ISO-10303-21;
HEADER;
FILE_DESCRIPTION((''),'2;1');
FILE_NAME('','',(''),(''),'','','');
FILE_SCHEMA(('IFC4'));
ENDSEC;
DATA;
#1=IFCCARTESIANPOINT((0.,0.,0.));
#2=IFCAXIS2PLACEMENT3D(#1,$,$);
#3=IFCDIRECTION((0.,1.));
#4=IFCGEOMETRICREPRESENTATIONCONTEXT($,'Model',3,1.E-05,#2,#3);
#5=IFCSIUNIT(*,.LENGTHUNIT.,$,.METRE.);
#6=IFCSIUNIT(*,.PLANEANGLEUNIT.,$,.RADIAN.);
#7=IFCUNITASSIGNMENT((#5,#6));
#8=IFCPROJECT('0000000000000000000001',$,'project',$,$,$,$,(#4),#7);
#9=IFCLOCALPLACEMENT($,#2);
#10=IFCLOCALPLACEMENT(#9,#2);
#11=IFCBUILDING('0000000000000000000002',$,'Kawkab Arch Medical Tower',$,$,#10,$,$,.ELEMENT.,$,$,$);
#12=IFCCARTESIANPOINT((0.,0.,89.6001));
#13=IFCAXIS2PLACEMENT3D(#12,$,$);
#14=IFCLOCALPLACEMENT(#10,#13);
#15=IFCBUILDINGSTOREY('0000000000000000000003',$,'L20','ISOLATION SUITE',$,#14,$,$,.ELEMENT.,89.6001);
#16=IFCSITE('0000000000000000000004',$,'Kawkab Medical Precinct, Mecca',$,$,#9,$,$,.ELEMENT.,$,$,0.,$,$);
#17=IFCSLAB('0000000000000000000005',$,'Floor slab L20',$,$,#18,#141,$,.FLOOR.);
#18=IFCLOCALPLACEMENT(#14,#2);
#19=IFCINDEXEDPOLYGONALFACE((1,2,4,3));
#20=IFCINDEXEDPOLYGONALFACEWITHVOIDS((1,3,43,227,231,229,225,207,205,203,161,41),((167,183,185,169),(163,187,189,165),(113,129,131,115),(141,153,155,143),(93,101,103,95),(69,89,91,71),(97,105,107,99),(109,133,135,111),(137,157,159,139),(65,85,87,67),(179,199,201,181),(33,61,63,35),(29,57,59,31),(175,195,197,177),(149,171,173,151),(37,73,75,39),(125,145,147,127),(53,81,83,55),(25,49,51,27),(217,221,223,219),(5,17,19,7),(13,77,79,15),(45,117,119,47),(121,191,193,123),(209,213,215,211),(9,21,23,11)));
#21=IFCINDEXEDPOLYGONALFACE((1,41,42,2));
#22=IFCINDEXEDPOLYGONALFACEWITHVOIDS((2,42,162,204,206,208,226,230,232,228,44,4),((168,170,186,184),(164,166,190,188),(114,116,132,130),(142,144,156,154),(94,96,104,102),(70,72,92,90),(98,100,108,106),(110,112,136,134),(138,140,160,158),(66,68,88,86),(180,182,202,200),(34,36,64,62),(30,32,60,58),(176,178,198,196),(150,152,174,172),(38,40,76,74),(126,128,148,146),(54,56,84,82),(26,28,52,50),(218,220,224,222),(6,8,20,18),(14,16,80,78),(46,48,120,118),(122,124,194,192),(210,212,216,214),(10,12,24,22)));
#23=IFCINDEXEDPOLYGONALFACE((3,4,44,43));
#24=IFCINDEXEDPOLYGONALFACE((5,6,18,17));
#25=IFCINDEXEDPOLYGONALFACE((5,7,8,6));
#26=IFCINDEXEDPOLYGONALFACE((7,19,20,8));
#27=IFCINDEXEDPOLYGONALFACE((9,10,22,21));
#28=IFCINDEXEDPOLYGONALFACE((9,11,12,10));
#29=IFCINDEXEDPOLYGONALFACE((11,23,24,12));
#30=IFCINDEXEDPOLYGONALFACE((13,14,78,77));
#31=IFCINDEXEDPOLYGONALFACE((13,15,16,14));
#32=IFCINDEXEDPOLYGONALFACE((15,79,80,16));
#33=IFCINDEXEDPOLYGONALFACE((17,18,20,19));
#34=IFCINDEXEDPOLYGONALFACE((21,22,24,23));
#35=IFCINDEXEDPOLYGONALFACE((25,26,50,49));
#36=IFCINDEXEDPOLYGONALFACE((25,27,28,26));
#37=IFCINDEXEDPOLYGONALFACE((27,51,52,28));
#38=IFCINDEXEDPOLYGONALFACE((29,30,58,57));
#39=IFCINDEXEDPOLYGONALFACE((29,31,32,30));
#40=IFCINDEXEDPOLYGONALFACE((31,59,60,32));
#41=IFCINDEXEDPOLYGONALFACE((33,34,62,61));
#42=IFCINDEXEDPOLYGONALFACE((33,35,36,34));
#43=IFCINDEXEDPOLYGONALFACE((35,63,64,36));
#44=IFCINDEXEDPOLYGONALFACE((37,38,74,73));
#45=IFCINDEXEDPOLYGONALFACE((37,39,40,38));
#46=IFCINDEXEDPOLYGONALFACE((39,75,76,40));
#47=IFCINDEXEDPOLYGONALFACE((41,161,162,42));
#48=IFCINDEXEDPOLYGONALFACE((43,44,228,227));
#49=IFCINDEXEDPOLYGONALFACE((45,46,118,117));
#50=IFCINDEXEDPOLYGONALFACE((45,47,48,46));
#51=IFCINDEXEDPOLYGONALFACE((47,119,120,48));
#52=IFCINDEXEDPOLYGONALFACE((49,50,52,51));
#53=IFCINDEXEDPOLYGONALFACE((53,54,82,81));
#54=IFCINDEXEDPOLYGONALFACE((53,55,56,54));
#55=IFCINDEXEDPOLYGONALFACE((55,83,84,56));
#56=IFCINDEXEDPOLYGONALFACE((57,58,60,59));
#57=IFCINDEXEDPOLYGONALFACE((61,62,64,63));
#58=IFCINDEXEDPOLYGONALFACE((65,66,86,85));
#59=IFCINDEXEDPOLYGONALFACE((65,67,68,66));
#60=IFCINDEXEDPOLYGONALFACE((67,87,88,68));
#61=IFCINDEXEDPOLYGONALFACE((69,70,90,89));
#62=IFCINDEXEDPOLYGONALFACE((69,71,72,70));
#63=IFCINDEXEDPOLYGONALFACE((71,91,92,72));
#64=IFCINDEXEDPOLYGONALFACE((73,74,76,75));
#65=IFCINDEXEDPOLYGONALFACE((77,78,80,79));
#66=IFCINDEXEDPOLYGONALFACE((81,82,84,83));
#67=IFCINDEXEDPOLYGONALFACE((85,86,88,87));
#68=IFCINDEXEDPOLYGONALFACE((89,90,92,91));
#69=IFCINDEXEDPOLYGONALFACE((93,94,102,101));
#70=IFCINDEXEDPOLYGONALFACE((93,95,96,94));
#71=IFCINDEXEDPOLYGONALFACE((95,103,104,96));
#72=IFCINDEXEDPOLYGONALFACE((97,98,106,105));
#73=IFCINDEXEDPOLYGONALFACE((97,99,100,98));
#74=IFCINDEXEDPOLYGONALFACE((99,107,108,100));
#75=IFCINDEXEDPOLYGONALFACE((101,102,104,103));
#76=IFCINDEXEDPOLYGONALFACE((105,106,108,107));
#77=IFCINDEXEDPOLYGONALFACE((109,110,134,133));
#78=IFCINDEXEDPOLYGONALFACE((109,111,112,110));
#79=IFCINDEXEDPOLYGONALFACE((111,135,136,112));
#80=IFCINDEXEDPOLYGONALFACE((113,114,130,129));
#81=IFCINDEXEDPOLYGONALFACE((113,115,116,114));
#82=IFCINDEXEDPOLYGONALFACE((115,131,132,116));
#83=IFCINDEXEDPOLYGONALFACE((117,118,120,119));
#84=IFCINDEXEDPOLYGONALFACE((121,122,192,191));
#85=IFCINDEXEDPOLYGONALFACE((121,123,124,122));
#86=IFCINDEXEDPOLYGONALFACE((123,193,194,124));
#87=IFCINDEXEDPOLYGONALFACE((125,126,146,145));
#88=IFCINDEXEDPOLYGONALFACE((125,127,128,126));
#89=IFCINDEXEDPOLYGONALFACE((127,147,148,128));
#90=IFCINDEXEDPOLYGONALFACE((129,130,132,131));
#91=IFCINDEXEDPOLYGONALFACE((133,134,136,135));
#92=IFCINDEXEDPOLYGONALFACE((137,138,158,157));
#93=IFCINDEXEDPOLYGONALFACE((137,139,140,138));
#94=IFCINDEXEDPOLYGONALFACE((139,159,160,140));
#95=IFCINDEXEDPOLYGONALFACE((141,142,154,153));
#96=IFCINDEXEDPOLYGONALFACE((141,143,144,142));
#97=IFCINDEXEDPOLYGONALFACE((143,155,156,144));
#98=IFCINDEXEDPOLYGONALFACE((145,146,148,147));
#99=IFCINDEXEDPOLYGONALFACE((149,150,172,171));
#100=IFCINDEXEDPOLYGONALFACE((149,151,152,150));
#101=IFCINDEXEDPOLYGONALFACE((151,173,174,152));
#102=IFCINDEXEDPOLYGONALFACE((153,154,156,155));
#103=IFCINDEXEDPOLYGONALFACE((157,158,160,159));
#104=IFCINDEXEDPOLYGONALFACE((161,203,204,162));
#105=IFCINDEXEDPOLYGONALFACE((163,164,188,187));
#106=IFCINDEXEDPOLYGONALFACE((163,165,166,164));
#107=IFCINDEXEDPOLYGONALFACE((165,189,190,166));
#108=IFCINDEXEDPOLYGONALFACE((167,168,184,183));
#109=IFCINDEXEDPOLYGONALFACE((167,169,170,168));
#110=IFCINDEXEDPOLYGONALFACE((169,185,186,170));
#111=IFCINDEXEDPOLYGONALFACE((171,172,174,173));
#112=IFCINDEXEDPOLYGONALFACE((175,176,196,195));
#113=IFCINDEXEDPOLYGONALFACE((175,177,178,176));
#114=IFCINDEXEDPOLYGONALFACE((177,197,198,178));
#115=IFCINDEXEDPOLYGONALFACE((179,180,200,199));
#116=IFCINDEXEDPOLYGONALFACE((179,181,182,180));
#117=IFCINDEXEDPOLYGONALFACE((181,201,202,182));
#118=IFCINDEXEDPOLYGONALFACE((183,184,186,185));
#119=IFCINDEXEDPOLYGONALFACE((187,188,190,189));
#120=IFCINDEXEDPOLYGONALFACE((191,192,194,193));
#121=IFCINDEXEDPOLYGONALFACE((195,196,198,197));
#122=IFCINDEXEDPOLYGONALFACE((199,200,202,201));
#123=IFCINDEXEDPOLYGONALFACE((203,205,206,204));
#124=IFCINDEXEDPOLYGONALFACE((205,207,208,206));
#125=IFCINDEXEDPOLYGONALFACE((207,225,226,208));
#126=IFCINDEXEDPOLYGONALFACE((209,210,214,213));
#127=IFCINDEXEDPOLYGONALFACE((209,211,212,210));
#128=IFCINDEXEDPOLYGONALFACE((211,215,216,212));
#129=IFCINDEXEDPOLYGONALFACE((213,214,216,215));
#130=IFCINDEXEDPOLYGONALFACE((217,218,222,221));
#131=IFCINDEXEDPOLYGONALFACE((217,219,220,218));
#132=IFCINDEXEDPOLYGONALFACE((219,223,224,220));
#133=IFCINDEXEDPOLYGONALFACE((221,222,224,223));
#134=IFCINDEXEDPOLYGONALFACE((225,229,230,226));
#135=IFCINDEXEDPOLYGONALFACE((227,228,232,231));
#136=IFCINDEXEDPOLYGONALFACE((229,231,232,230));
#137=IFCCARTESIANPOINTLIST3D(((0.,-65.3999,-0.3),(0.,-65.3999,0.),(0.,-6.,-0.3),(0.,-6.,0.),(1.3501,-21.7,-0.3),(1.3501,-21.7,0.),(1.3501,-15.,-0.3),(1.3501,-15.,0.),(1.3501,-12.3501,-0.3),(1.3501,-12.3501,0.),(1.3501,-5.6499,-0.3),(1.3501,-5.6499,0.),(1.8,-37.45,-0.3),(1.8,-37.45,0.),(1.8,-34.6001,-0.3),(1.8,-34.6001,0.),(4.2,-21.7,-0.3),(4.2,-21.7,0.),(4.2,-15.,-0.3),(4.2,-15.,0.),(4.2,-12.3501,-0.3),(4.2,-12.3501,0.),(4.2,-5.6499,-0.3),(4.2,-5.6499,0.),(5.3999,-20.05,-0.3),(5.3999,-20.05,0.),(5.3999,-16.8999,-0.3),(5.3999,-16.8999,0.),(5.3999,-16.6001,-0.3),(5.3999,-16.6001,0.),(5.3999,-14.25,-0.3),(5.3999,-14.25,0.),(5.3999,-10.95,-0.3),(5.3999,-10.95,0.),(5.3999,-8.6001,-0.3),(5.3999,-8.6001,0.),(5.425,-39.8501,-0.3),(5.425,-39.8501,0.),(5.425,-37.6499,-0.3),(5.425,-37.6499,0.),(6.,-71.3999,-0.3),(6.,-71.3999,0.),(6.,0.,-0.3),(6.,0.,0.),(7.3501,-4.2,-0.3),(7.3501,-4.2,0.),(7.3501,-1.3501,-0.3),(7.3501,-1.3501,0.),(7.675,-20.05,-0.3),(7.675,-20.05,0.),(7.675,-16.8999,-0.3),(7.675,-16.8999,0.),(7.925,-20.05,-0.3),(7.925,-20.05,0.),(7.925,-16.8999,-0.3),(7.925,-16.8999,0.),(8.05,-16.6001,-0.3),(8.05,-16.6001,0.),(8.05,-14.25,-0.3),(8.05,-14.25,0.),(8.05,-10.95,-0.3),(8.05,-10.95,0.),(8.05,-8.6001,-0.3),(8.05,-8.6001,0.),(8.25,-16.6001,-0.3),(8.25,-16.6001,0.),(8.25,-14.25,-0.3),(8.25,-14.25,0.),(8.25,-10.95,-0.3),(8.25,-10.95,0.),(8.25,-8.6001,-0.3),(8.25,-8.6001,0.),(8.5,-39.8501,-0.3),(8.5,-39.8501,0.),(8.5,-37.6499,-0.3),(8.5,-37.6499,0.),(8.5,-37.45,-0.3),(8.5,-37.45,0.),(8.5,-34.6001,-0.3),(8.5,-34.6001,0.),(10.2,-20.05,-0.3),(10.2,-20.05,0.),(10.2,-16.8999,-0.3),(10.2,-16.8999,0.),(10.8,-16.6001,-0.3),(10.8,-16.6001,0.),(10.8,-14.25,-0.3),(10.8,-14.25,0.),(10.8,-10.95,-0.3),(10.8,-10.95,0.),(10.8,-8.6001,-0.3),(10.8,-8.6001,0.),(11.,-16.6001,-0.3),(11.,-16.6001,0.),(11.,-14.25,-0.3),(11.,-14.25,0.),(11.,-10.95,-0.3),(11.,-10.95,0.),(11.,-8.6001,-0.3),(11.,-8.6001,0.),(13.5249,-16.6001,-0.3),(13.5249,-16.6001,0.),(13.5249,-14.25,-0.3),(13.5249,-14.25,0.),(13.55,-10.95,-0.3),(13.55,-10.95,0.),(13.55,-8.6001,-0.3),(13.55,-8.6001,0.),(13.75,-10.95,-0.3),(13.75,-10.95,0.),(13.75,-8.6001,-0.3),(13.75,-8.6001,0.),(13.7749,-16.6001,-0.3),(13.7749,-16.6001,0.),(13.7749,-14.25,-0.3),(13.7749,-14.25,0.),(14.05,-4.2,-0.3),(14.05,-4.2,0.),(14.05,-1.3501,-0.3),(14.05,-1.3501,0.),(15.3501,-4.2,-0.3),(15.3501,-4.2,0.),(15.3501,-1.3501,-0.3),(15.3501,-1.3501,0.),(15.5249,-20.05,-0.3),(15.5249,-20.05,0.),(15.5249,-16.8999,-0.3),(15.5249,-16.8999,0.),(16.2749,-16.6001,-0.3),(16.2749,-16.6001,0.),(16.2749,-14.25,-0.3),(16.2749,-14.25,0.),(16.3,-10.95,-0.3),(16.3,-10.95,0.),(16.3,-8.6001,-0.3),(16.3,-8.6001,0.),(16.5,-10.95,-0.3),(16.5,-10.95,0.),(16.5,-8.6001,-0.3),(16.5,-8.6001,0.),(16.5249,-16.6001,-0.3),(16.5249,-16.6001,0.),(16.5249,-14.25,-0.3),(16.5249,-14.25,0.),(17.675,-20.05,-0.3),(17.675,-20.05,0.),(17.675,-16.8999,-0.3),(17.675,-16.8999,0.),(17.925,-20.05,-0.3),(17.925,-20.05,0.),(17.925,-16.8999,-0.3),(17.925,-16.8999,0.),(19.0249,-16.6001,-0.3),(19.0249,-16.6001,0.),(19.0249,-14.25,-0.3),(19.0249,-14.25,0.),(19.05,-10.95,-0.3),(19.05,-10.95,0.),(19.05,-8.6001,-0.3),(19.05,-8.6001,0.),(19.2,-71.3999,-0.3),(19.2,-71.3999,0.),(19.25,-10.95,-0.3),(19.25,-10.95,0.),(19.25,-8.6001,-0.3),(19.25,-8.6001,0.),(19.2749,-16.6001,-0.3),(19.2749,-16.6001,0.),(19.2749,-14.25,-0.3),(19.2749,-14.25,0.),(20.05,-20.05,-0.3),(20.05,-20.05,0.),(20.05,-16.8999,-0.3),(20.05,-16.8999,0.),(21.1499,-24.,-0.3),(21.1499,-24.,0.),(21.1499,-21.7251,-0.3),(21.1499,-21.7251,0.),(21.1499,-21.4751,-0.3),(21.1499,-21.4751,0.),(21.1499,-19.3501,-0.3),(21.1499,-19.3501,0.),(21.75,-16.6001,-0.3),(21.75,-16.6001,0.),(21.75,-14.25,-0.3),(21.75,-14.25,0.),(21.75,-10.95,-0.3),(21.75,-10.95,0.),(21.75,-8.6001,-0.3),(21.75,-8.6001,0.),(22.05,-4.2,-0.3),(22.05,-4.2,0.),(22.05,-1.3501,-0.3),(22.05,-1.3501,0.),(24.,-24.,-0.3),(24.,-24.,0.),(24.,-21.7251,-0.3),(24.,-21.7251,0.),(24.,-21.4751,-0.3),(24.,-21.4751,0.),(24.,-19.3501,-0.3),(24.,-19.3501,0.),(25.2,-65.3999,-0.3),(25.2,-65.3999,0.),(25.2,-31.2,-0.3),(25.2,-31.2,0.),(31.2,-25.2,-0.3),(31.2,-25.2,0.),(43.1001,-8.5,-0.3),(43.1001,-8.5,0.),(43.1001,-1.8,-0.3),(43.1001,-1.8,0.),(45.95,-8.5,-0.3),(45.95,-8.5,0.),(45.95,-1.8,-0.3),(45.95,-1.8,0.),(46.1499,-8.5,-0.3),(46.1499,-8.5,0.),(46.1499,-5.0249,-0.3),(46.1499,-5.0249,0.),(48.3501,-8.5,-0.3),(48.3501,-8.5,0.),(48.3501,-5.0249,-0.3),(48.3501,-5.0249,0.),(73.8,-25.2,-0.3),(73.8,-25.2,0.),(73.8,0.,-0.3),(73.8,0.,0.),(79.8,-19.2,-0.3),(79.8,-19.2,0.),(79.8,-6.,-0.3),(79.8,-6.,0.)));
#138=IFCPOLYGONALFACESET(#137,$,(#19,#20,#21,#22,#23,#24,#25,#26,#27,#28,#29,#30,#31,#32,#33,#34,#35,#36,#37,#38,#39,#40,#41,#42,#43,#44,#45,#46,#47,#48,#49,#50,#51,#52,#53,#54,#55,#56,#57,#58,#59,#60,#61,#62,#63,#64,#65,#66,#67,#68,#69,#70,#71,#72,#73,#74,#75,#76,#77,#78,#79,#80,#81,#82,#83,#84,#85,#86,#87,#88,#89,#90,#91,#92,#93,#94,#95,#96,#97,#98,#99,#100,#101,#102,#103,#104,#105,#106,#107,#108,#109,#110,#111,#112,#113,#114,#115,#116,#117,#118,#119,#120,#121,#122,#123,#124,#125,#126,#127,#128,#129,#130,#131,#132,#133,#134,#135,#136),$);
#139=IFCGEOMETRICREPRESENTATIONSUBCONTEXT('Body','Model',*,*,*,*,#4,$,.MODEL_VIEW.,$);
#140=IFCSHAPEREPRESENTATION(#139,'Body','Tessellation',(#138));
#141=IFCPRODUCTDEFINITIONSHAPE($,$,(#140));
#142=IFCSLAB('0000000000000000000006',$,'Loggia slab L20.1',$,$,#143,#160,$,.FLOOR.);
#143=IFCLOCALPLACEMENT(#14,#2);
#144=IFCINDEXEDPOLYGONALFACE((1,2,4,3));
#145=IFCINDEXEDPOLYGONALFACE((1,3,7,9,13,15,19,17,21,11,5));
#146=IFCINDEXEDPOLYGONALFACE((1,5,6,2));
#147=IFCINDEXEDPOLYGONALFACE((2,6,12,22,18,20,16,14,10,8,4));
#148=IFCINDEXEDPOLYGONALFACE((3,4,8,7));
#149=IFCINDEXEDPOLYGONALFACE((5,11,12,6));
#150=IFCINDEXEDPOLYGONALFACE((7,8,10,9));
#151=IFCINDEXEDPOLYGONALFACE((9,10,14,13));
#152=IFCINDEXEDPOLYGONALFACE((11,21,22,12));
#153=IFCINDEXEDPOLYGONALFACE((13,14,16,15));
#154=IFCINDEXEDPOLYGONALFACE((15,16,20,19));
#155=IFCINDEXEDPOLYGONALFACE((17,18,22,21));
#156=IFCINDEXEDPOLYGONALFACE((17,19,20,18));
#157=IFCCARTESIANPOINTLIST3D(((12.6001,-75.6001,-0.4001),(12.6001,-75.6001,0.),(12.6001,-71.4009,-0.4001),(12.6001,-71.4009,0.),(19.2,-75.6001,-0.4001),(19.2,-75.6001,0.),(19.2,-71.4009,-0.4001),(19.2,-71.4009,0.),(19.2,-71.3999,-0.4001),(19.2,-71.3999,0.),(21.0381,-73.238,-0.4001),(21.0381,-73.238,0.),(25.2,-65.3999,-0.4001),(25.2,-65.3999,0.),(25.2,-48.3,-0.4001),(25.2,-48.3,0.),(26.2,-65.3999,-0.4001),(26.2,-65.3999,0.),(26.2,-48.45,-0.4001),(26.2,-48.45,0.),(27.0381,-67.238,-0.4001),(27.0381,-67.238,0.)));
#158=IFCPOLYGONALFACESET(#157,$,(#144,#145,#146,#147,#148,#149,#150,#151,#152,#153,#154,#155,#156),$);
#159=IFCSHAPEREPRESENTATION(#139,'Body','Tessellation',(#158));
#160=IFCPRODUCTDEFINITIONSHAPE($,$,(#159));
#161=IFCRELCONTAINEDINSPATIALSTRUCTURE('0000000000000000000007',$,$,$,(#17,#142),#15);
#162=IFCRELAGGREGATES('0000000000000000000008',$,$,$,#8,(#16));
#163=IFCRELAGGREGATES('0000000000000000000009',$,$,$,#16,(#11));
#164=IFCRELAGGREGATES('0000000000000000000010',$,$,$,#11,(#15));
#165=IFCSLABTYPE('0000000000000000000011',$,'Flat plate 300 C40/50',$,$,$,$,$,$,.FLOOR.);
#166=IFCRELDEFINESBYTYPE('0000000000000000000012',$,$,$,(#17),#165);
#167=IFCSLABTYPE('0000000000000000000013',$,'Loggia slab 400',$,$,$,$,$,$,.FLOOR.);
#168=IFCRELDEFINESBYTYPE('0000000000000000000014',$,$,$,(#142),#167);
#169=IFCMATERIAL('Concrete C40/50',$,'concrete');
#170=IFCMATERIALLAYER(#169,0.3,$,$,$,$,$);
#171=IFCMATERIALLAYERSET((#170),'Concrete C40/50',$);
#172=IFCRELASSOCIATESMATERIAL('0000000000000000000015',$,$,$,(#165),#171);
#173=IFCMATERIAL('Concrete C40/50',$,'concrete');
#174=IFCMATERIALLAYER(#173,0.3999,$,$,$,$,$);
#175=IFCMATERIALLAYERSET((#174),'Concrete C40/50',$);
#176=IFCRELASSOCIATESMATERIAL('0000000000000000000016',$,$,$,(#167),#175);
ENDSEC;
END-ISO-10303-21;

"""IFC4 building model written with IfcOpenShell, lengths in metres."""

from ifc_helpers import new_model, si_unit, direction, frame, origin, place, context, subcontext, project, spatial, polyline, outline, extrude, material, layer, layer_set, type_object, element, save


model = new_model("IFC4")

# Units and contexts
model_context = context("Model", 3, precision=1e-05, world=origin(), true_north=direction((0.0, 1.0)))
body_context = subcontext(model_context, "Body", "Model", "MODEL_VIEW")
ifc_project = project(units=[si_unit("LENGTHUNIT", "METRE"), si_unit("PLANEANGLEUNIT", "RADIAN")], contexts=[model_context])

# Site, building, storey
site_placement = place(None, origin())
site = spatial("IfcSite", under=ifc_project, at=site_placement, Name="Kawkab Medical Precinct, Mecca", CompositionType="ELEMENT", RefElevation=0.0)
building_placement = place(site_placement, origin())
building = spatial("IfcBuilding", under=site, at=building_placement, Name="Kawkab Arch Medical Tower", CompositionType="ELEMENT")
storey_placement = place(building_placement, frame((0.0, 0.0, 89.6001)))
storey = spatial("IfcBuildingStorey", under=building, at=storey_placement, Name="L20", Description="ISOLATION SUITE", CompositionType="ELEMENT", Elevation=89.6001)

# Slabs
ifc_material_1 = material(Name="Concrete C40/50", Category="concrete")
ifc_layer_1 = layer(ifc_material_1, 0.3)
ifc_layer_set_1 = layer_set([ifc_layer_1], Name="Concrete C40/50")
slab_type_1 = type_object("IfcSlabType", Name="Flat plate 300 C40/50", PredefinedType="FLOOR", material=ifc_layer_set_1)
slab_1_placement = place(storey_placement, frame((0.0, 0.0, -0.3)))
element("IfcSlab", 1, at=slab_1_placement, inside=storey, type_object=slab_type_1, Name="Floor slab L20", PredefinedType="FLOOR", context=body_context, shape_type="SweptSolid", body=[
    extrude(outline(polyline([(6.0, 0.0), (73.8, 0.0), (79.8, -6.0), (79.8, -19.2), (73.8, -25.2), (31.2, -25.2), (25.2, -31.2), (25.2, -65.3999), (19.2, -71.3999), (6.0, -71.3999), (0.0, -65.3999), (0.0, -6.0), (6.0, 0.0)]), holes=[polyline([(5.425, -37.6499), (5.425, -39.8501), (8.5, -39.8501), (8.5, -37.6499), (5.425, -37.6499)]), polyline([(1.8, -37.45), (8.5, -37.45), (8.5, -34.6001), (1.8, -34.6001), (1.8, -37.45)]), polyline([(5.3999, -16.8999), (5.3999, -20.05), (7.675, -20.05), (7.675, -16.8999), (5.3999, -16.8999)]), polyline([(10.2, -16.8999), (7.925, -16.8999), (7.925, -20.05), (10.2, -20.05), (10.2, -16.8999)]), polyline([(4.2, -21.7), (4.2, -15.0), (1.3501, -15.0), (1.3501, -21.7), (4.2, -21.7)]), polyline([(5.3999, -14.25), (5.3999, -16.6001), (8.05, -16.6001), (8.05, -14.25), (5.3999, -14.25)]), polyline([(8.25, -16.6001), (10.8, -16.6001), (10.8, -14.25), (8.25, -14.25), (8.25, -16.6001)]), polyline([(13.5249, -14.25), (11.0, -14.25), (11.0, -16.6001), (13.5249, -16.6001), (13.5249, -14.25)]), polyline([(5.3999, -8.6001), (5.3999, -10.95), (8.05, -10.95), (8.05, -8.6001), (5.3999, -8.6001)]), polyline([(8.25, -10.95), (10.8, -10.95), (10.8, -8.6001), (8.25, -8.6001), (8.25, -10.95)]), polyline([(11.0, -8.6001), (11.0, -10.95), (13.55, -10.95), (13.55, -8.6001), (11.0, -8.6001)]), polyline([(4.2, -12.3501), (4.2, -5.6499), (1.3501, -5.6499), (1.3501, -12.3501), (4.2, -12.3501)]), polyline([(7.3501, -4.2), (14.05, -4.2), (14.05, -1.3501), (7.3501, -1.3501), (7.3501, -4.2)]), polyline([(24.0, -21.7251), (21.1499, -21.7251), (21.1499, -24.0), (24.0, -24.0), (24.0, -21.7251)]), polyline([(24.0, -21.4751), (24.0, -19.3501), (21.1499, -19.3501), (21.1499, -21.4751), (24.0, -21.4751)]), polyline([(15.5249, -16.8999), (15.5249, -20.05), (17.675, -20.05), (17.675, -16.8999), (15.5249, -16.8999)]), polyline([(20.05, -20.05), (20.05, -16.8999), (17.925, -16.8999), (17.925, -20.05), (20.05, -20.05)]), polyline([(16.2749, -14.25), (13.7749, -14.25), (13.7749, -16.6001), (16.2749, -16.6001), (16.2749, -14.25)]), polyline([(16.5249, -16.6001), (19.0249, -16.6001), (19.0249, -14.25), (16.5249, -14.25), (16.5249, -16.6001)]), polyline([(19.2749, -16.6001), (21.75, -16.6001), (21.75, -14.25), (19.2749, -14.25), (19.2749, -16.6001)]), polyline([(13.75, -8.6001), (13.75, -10.95), (16.3, -10.95), (16.3, -8.6001), (13.75, -8.6001)]), polyline([(19.05, -10.95), (19.05, -8.6001), (16.5, -8.6001), (16.5, -10.95), (19.05, -10.95)]), polyline([(19.25, -10.95), (21.75, -10.95), (21.75, -8.6001), (19.25, -8.6001), (19.25, -10.95)]), polyline([(46.1499, -5.0249), (46.1499, -8.5), (48.3501, -8.5), (48.3501, -5.0249), (46.1499, -5.0249)]), polyline([(43.1001, -1.8), (43.1001, -8.5), (45.95, -8.5), (45.95, -1.8), (43.1001, -1.8)]), polyline([(22.05, -1.3501), (15.3501, -1.3501), (15.3501, -4.2), (22.05, -4.2), (22.05, -1.3501)])]), origin(), (0.0, 0.0, 1.0), 0.3),
])
ifc_material_2 = material(Name="Concrete C40/50", Category="concrete")
ifc_layer_2 = layer(ifc_material_2, 0.3999)
ifc_layer_set_2 = layer_set([ifc_layer_2], Name="Concrete C40/50")
slab_type_2 = type_object("IfcSlabType", Name="Loggia slab 400", PredefinedType="FLOOR", material=ifc_layer_set_2)
placement_1 = place(storey_placement, frame((0.0, 0.0, -0.4001)))
element("IfcSlab", 2, at=placement_1, inside=storey, type_object=slab_type_2, Name="Loggia slab L20.1", PredefinedType="FLOOR", context=body_context, shape_type="SweptSolid", body=[
    extrude(outline(polyline([(12.6001, -75.6001), (12.6001, -71.4009), (19.2, -71.4009), (19.2, -71.3999), (25.2, -65.3999), (25.2, -48.3), (26.2, -48.45), (26.2, -65.3999), (27.0381, -67.238), (21.0381, -73.238), (19.2, -75.6001), (12.6001, -75.6001)])), origin(), (0.0, 0.0, 1.0), 0.4001),
])

save(model, "model.ifc")
